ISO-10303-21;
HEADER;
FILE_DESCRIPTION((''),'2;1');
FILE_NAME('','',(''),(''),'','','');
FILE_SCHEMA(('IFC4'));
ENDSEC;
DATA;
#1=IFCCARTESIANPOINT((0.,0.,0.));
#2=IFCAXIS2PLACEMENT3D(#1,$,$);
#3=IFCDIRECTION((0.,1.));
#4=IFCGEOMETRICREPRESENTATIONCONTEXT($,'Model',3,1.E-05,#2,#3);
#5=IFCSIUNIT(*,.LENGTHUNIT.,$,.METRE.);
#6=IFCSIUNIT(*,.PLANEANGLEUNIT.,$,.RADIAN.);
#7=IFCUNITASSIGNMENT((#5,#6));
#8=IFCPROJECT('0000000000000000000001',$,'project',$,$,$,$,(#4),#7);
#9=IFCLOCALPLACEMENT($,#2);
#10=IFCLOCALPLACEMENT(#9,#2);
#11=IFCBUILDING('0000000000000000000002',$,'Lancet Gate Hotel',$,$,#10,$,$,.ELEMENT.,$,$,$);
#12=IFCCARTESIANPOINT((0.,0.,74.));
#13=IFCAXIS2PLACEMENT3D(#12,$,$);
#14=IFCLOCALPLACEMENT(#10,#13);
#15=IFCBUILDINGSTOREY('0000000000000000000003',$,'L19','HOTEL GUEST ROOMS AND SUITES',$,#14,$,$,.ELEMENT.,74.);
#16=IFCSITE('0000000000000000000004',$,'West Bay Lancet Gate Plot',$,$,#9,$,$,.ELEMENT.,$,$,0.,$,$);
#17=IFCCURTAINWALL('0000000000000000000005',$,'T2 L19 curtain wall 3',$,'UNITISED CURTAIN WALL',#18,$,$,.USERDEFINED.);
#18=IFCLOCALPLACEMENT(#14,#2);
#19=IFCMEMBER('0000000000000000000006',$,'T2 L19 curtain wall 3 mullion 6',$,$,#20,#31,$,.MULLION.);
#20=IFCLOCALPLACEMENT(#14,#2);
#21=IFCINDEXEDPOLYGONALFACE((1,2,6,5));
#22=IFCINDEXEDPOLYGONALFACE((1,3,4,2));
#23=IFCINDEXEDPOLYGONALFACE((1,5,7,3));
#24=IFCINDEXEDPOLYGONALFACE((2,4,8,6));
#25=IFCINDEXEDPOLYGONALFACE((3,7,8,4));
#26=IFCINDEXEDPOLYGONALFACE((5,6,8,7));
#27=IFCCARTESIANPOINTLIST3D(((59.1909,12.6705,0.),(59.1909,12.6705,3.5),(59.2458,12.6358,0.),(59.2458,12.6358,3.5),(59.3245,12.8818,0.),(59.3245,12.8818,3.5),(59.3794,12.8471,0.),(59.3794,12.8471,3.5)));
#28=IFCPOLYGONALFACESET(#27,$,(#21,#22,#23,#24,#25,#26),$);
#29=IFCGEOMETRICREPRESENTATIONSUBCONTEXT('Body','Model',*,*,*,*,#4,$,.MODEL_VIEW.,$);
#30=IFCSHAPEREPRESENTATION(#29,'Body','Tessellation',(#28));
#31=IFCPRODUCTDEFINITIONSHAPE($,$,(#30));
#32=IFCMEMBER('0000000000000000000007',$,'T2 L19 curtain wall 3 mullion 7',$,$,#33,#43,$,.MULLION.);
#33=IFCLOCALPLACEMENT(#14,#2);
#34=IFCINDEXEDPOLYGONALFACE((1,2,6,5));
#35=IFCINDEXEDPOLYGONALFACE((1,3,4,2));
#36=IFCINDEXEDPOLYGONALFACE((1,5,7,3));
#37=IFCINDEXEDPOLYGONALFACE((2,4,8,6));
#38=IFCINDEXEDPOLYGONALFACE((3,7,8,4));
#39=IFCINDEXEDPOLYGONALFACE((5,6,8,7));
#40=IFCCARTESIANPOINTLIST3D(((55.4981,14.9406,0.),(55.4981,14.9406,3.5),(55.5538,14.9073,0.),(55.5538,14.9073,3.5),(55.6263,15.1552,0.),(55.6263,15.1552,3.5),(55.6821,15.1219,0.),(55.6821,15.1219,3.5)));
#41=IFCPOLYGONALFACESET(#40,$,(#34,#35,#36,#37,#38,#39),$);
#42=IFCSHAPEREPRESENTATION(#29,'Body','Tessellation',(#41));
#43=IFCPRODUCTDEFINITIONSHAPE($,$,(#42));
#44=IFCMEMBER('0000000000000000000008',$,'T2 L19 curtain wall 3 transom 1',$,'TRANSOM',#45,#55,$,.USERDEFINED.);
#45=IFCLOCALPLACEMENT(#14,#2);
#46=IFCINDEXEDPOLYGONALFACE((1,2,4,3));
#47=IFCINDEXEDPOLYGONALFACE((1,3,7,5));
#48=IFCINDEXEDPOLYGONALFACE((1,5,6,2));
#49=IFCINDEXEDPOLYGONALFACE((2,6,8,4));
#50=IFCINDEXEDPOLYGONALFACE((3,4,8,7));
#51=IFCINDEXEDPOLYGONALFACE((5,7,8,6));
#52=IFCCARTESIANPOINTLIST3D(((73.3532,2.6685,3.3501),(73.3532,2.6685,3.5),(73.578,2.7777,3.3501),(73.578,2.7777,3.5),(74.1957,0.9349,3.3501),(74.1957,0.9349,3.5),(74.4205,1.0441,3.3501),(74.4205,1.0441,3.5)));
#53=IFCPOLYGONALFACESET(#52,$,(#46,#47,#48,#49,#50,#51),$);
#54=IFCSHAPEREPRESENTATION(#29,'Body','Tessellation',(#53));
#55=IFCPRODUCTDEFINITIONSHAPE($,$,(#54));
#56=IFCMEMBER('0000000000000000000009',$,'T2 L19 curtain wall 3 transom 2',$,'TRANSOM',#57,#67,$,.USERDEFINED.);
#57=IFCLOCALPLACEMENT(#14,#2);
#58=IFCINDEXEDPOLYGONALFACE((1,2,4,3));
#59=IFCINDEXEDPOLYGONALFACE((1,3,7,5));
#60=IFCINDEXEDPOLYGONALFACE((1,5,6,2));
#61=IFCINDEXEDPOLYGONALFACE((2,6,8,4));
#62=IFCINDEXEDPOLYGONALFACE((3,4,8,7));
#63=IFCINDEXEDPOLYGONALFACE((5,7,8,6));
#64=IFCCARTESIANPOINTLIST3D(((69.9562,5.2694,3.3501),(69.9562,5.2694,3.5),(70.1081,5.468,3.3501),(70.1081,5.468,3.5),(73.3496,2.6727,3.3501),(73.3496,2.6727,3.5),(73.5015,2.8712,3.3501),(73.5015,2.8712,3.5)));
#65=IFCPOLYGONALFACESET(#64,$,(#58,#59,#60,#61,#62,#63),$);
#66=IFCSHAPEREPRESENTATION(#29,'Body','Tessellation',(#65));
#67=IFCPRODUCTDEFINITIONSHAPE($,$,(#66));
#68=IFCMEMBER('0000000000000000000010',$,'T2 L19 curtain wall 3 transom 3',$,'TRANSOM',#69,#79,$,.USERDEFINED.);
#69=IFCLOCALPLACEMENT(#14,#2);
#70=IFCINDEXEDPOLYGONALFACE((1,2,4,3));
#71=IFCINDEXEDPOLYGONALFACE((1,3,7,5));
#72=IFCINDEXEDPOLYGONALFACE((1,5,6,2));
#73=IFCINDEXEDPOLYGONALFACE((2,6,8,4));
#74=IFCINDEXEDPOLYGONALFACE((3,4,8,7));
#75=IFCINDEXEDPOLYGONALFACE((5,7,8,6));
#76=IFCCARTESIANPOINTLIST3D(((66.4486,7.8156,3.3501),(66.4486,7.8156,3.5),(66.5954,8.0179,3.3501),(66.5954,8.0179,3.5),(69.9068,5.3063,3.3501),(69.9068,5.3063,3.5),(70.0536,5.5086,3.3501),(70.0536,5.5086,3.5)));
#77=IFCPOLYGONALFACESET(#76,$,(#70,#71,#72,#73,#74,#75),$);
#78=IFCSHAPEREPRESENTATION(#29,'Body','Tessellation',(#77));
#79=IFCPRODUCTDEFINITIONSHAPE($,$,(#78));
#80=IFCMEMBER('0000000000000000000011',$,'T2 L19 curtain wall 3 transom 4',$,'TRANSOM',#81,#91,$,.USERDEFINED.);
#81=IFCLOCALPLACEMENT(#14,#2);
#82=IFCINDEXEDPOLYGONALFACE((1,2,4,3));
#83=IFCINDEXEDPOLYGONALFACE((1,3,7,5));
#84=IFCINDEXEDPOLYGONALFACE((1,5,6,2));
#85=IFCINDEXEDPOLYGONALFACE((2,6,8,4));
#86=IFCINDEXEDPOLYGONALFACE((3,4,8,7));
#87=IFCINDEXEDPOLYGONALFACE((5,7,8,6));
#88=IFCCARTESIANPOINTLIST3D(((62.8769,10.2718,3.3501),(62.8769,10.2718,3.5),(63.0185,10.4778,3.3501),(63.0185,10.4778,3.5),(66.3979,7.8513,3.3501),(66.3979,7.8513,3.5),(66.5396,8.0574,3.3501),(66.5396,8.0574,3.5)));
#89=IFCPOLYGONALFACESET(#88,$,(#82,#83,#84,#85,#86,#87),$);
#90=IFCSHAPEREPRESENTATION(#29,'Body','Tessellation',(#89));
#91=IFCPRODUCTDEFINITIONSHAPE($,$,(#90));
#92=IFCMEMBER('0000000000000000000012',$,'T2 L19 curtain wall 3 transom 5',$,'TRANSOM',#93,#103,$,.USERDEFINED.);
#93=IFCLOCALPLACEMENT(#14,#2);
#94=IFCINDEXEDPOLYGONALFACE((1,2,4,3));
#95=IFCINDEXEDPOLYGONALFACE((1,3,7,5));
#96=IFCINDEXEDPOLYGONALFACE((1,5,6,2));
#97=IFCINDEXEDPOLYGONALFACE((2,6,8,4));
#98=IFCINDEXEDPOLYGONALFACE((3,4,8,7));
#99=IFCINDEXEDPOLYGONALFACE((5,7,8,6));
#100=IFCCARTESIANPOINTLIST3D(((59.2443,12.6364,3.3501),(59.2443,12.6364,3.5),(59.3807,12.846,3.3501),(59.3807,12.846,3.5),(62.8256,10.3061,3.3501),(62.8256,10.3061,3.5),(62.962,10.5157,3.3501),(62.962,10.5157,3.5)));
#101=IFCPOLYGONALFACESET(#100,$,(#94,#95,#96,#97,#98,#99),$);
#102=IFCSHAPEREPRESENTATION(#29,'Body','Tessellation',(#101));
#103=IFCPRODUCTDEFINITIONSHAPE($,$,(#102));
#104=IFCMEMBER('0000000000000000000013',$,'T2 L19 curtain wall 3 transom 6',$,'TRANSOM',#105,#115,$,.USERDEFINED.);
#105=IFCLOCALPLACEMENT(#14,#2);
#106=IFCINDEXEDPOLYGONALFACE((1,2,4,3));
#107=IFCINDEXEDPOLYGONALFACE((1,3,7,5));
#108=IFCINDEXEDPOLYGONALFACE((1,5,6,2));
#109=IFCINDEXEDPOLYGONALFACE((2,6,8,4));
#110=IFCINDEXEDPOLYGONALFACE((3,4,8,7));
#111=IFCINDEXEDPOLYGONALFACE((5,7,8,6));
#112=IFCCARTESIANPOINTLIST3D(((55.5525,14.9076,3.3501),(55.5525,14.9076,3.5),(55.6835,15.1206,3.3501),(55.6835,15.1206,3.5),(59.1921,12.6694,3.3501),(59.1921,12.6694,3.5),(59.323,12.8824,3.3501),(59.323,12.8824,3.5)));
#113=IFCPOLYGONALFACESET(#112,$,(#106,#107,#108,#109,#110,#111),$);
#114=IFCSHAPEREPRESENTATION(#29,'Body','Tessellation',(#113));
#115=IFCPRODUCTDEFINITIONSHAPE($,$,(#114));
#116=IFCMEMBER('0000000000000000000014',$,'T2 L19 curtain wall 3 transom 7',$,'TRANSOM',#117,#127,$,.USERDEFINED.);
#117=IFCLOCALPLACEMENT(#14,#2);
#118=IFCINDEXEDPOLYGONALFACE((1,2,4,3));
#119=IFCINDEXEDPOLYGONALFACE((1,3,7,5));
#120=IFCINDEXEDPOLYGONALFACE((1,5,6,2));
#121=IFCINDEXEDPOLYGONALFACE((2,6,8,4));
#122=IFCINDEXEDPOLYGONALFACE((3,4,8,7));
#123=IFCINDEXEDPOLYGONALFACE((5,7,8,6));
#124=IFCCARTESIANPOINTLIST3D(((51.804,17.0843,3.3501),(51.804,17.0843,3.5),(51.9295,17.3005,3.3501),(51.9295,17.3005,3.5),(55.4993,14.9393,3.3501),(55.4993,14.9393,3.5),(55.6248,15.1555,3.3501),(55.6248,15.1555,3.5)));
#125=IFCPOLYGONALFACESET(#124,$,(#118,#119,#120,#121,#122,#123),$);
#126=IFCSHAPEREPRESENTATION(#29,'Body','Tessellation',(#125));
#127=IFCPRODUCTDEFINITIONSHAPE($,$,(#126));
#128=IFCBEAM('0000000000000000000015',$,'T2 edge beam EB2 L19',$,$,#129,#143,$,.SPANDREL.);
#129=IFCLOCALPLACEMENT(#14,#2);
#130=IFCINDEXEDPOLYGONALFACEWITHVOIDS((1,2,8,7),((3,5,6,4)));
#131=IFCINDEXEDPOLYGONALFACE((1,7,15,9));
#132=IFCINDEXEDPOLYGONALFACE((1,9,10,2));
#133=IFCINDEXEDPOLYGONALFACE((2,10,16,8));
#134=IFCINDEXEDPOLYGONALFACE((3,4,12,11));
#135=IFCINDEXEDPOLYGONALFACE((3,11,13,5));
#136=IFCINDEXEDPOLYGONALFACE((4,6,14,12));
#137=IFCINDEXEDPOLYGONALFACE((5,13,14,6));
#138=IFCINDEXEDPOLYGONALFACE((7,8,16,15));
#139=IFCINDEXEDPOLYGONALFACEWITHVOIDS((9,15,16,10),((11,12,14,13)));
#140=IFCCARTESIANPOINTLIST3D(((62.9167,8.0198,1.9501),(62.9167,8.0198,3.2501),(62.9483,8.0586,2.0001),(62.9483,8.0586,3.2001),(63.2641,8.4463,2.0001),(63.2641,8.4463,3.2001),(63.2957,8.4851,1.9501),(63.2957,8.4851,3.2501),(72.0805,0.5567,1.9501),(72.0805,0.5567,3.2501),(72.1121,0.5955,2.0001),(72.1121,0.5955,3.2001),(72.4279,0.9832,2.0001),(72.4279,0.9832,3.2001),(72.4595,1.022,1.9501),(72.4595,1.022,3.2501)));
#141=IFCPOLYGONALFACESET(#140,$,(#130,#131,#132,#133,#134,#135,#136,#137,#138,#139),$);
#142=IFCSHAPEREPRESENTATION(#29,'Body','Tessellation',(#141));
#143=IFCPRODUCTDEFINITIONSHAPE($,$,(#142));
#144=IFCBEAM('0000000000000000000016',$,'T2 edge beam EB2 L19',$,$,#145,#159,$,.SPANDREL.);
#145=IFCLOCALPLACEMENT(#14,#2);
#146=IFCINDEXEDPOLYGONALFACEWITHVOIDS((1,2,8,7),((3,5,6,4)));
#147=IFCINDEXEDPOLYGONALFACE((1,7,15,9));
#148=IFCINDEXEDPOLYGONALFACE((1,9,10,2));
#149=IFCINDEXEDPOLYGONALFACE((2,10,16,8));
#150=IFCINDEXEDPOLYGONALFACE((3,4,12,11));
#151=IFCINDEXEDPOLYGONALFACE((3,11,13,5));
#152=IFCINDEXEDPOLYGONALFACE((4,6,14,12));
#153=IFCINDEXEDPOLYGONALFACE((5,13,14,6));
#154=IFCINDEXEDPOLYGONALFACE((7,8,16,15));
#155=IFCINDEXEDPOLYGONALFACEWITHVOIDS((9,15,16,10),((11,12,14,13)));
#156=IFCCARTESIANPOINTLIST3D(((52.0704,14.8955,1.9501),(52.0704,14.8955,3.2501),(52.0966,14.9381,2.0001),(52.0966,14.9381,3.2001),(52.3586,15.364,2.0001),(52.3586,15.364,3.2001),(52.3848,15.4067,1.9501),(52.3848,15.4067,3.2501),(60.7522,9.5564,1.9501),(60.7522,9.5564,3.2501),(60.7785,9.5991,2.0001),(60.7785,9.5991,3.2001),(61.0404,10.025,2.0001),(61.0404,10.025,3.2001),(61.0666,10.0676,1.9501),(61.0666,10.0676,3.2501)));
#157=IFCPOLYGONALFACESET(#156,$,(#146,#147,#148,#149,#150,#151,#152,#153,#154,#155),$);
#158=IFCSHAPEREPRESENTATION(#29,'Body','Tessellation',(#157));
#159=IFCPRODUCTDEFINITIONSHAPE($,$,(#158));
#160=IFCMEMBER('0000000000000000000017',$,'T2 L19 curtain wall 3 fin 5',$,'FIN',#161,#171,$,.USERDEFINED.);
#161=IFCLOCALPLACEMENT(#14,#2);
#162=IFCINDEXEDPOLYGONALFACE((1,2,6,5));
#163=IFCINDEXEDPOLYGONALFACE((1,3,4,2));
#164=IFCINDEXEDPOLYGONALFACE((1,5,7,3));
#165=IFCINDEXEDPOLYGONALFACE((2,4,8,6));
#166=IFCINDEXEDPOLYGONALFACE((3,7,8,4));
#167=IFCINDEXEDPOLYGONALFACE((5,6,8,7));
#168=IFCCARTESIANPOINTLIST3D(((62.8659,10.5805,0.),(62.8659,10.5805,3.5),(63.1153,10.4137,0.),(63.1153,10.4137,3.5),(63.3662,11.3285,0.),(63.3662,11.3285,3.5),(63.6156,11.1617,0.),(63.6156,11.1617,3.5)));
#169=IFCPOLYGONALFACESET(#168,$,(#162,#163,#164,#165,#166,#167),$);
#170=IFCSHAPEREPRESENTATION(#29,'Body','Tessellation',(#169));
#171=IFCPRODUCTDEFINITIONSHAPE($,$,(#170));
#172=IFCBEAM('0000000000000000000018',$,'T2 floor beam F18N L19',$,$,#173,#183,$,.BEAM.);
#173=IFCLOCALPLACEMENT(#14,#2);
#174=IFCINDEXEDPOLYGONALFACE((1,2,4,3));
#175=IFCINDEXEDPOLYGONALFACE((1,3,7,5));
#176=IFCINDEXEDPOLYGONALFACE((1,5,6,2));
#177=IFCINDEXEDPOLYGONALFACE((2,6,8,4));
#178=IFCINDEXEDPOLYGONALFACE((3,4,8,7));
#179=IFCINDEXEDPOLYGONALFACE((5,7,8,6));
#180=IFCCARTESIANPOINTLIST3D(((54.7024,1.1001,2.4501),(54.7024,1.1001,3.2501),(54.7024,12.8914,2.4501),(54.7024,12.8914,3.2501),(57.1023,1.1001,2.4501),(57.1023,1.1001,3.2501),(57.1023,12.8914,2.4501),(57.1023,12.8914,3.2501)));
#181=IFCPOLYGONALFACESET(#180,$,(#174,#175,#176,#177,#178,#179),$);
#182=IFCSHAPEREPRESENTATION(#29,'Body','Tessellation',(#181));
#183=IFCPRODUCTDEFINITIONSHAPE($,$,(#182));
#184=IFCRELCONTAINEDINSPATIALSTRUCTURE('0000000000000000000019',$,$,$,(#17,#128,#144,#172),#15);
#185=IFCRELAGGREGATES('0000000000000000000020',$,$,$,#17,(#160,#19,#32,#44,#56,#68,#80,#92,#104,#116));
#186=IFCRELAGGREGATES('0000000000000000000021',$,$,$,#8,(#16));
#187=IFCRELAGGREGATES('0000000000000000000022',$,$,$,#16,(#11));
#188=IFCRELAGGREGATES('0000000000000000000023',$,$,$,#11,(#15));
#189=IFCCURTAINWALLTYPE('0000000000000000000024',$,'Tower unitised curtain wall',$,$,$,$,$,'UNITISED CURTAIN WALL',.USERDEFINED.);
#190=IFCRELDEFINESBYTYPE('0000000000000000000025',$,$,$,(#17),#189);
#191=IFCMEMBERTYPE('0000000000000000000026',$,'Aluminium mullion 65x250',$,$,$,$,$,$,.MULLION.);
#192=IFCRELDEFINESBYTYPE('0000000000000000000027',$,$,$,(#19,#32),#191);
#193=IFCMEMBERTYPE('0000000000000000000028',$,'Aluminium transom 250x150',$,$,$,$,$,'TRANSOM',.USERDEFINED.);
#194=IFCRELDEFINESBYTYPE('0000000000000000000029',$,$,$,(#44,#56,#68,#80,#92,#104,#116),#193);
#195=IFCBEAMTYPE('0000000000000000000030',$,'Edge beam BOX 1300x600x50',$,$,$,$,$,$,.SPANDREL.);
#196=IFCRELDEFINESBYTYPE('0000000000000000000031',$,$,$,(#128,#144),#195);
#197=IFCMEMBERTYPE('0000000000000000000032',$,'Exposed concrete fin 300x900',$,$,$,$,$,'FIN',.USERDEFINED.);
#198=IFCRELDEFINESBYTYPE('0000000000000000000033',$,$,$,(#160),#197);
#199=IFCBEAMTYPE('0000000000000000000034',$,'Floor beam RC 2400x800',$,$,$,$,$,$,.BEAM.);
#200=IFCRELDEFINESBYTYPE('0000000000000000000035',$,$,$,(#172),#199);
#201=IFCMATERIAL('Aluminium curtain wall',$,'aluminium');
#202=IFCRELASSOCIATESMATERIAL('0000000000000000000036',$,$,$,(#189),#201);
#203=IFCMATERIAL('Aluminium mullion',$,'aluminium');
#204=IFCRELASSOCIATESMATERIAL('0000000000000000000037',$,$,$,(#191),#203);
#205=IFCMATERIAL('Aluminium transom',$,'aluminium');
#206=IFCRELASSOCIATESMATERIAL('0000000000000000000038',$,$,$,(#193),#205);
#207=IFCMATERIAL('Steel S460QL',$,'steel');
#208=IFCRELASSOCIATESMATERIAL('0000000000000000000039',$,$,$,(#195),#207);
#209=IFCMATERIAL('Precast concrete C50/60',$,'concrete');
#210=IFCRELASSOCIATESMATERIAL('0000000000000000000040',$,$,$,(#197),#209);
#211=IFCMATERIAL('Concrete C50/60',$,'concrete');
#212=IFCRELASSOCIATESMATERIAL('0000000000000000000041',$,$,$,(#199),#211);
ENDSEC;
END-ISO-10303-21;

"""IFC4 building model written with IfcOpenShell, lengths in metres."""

from ifc_helpers import new_model, si_unit, direction, frame, origin, origin_2d, place, context, subcontext, project, spatial, rectangle, hollow_rectangle, extrude, material, material_profile, profile_set, type_object, element, aggregate, save


model = new_model("IFC4")

# Units and contexts
model_context = context("Model", 3, precision=1e-05, world=origin(), true_north=direction((0.0, 1.0)))
body_context = subcontext(model_context, "Body", "Model", "MODEL_VIEW")
ifc_project = project(units=[si_unit("LENGTHUNIT", "METRE"), si_unit("PLANEANGLEUNIT", "RADIAN")], contexts=[model_context])

# Site, building, storey
site_placement = place(None, origin())
site = spatial("IfcSite", under=ifc_project, at=site_placement, Name="West Bay Lancet Gate Plot", CompositionType="ELEMENT", RefElevation=0.0)
building_placement = place(site_placement, origin())
building = spatial("IfcBuilding", under=site, at=building_placement, Name="Lancet Gate Hotel", CompositionType="ELEMENT")
storey_placement = place(building_placement, frame((0.0, 0.0, 74.0)))
storey = spatial("IfcBuildingStorey", under=building, at=storey_placement, Name="L19", Description="HOTEL GUEST ROOMS AND SUITES", CompositionType="ELEMENT", Elevation=74.0)

# Curtain wall, members
ifc_material_1 = material(Name="Aluminium curtain wall", Category="aluminium")
curtain_wall_type = type_object("IfcCurtainWallType", Name="Tower unitised curtain wall", ElementType="UNITISED CURTAIN WALL", PredefinedType="USERDEFINED", material=ifc_material_1)
curtain_wall_placement = place(storey_placement, origin())
curtain_wall = element("IfcCurtainWall", 1, at=curtain_wall_placement, inside=storey, type_object=curtain_wall_type, Name="T2 L19 curtain wall 3", ObjectType="UNITISED CURTAIN WALL", PredefinedType="USERDEFINED")
ifc_material_2 = material(Name="Aluminium mullion", Category="aluminium")
ifc_material_profile_1 = material_profile(ifc_material_2, rectangle(XDim=0.0649, YDim=0.25, at=origin_2d()), Name="MULLION 65x250")
ifc_profile_set_1 = profile_set([ifc_material_profile_1], Name="Aluminium mullion")
member_type_1 = type_object("IfcMemberType", Name="Aluminium mullion 65x250", PredefinedType="MULLION", material=ifc_profile_set_1)
member_1_placement = place(storey_placement, frame((59.2852, 12.7588, 0.0), z_axis=(0.0, 0.0, 1.0), x_axis=(-0.845079, 0.534641, 0.0)))
member_1 = element("IfcMember", 2, at=member_1_placement, type_object=member_type_1, Name="T2 L19 curtain wall 3 mullion 6", PredefinedType="MULLION", context=body_context, shape_type="SweptSolid", body=[
    extrude(rectangle(XDim=0.0649, YDim=0.25, at=origin_2d()), origin(), (0.0, 0.0, 1.0), 3.5),
])
member_2_placement = place(storey_placement, frame((55.5901, 15.0312, 0.0), z_axis=(0.0, 0.0, 1.0), x_axis=(-0.858413, 0.512959, 0.0)))
member_2 = element("IfcMember", 3, at=member_2_placement, type_object=member_type_1, Name="T2 L19 curtain wall 3 mullion 7", PredefinedType="MULLION", context=body_context, shape_type="SweptSolid", body=[
    extrude(rectangle(XDim=0.0649, YDim=0.25, at=origin_2d()), origin(), (0.0, 0.0, 1.0), 3.5),
])
ifc_material_3 = material(Name="Aluminium transom", Category="aluminium")
ifc_material_profile_2 = material_profile(ifc_material_3, rectangle(XDim=0.25, YDim=0.1499, at=origin_2d()), Name="TRANSOM 250x150")
ifc_profile_set_2 = profile_set([ifc_material_profile_2], Name="Aluminium transom")
member_type_2 = type_object("IfcMemberType", Name="Aluminium transom 250x150", ElementType="TRANSOM", PredefinedType="USERDEFINED", material=ifc_profile_set_2)
member_3_placement = place(storey_placement, frame((74.3081, 0.9895, 3.425), z_axis=(-0.437103, 0.899411, 0.0), x_axis=(-0.899411, -0.437103, 0.0)))
member_3 = element("IfcMember", 4, at=member_3_placement, type_object=member_type_2, Name="T2 L19 curtain wall 3 transom 1", ObjectType="TRANSOM", PredefinedType="USERDEFINED", context=body_context, shape_type="SweptSolid", body=[
    extrude(rectangle(XDim=0.25, YDim=0.1499, at=origin_2d()), origin(), (0.0, 0.0, 1.0), 1.9275),
])
member_4_placement = place(storey_placement, frame((73.4255, 2.772, 3.425), z_axis=(-0.794155, 0.607715, 0.0), x_axis=(-0.607715, -0.794155, 0.0)))
member_4 = element("IfcMember", 5, at=member_4_placement, type_object=member_type_2, Name="T2 L19 curtain wall 3 transom 2", ObjectType="TRANSOM", PredefinedType="USERDEFINED", context=body_context, shape_type="SweptSolid", body=[
    extrude(rectangle(XDim=0.25, YDim=0.1499, at=origin_2d()), origin(), (0.0, 0.0, 1.0), 4.2729),
])
member_5_placement = place(storey_placement, frame((69.9802, 5.4075, 3.425), z_axis=(-0.809383, 0.587281, 0.0), x_axis=(-0.587281, -0.809383, 0.0)))
member_5 = element("IfcMember", 6, at=member_5_placement, type_object=member_type_2, Name="T2 L19 curtain wall 3 transom 3", ObjectType="TRANSOM", PredefinedType="USERDEFINED", context=body_context, shape_type="SweptSolid", body=[
    extrude(rectangle(XDim=0.25, YDim=0.1499, at=origin_2d()), origin(), (0.0, 0.0, 1.0), 4.2727),
])
member_6_placement = place(storey_placement, frame((66.4688, 7.9543, 3.425), z_axis=(-0.824072, 0.566485, 0.0), x_axis=(-0.566485, -0.824072, 0.0)))
member_6 = element("IfcMember", 7, at=member_6_placement, type_object=member_type_2, Name="T2 L19 curtain wall 3 transom 4", ObjectType="TRANSOM", PredefinedType="USERDEFINED", context=body_context, shape_type="SweptSolid", body=[
    extrude(rectangle(XDim=0.25, YDim=0.1499, at=origin_2d()), origin(), (0.0, 0.0, 1.0), 4.2727),
])
member_7_placement = place(storey_placement, frame((62.8938, 10.4109, 3.425), z_axis=(-0.838179, 0.545396, 0.0), x_axis=(-0.545396, -0.838179, 0.0)))
member_7 = element("IfcMember", 8, at=member_7_placement, type_object=member_type_2, Name="T2 L19 curtain wall 3 transom 5", ObjectType="TRANSOM", PredefinedType="USERDEFINED", context=body_context, shape_type="SweptSolid", body=[
    extrude(rectangle(XDim=0.25, YDim=0.1499, at=origin_2d()), origin(), (0.0, 0.0, 1.0), 4.2727),
])
member_8_placement = place(storey_placement, frame((59.2576, 12.7759, 3.425), z_axis=(-0.851815, 0.523842, 0.0), x_axis=(-0.523842, -0.851815, 0.0)))
member_8 = element("IfcMember", 9, at=member_8_placement, type_object=member_type_2, Name="T2 L19 curtain wall 3 transom 6", ObjectType="TRANSOM", PredefinedType="USERDEFINED", context=body_context, shape_type="SweptSolid", body=[
    extrude(rectangle(XDim=0.25, YDim=0.1499, at=origin_2d()), origin(), (0.0, 0.0, 1.0), 4.2727),
])
member_9_placement = place(storey_placement, frame((55.562, 15.0474, 3.425), z_axis=(-0.864855, 0.502022, 0.0), x_axis=(-0.502022, -0.864855, 0.0)))
member_9 = element("IfcMember", 10, at=member_9_placement, type_object=member_type_2, Name="T2 L19 curtain wall 3 transom 7", ObjectType="TRANSOM", PredefinedType="USERDEFINED", context=body_context, shape_type="SweptSolid", body=[
    extrude(rectangle(XDim=0.25, YDim=0.1499, at=origin_2d()), origin(), (0.0, 0.0, 1.0), 4.2727),
])

# Beams
ifc_material_4 = material(Name="Steel S460QL", Category="steel")
ifc_material_profile_3 = material_profile(ifc_material_4, hollow_rectangle(XDim=0.6001, YDim=1.3, WallThickness=0.05, at=origin_2d()), Name="BOX 1300x600x50")
ifc_profile_set_3 = profile_set([ifc_material_profile_3], Name="Steel S460QL")
beam_type_1 = type_object("IfcBeamType", Name="Edge beam BOX 1300x600x50", PredefinedType="SPANDREL", material=ifc_profile_set_3)
beam_1_placement = place(storey_placement, frame((72.27, 0.7893, 2.6001), z_axis=(-0.775387, 0.631486, 0.0), x_axis=(-0.631486, -0.775387, 0.0)))
element("IfcBeam", 11, at=beam_1_placement, inside=storey, type_object=beam_type_1, Name="T2 edge beam EB2 L19", PredefinedType="SPANDREL", context=body_context, shape_type="SweptSolid", body=[
    extrude(hollow_rectangle(XDim=0.6001, YDim=1.3, WallThickness=0.05, at=origin_2d()), origin(), (0.0, 0.0, 1.0), 11.8184),
])
beam_2_placement = place(storey_placement, frame((60.9094, 9.812, 2.6001), z_axis=(-0.851815, 0.523842, 0.0), x_axis=(-0.523842, -0.851815, 0.0)))
element("IfcBeam", 12, at=beam_2_placement, inside=storey, type_object=beam_type_1, Name="T2 edge beam EB2 L19", PredefinedType="SPANDREL", context=body_context, shape_type="SweptSolid", body=[
    extrude(hollow_rectangle(XDim=0.6001, YDim=1.3, WallThickness=0.05, at=origin_2d()), origin(), (0.0, 0.0, 1.0), 10.1921),
])

# Member
ifc_material_5 = material(Name="Precast concrete C50/60", Category="concrete")
ifc_material_profile_4 = material_profile(ifc_material_5, rectangle(XDim=0.3, YDim=0.8999, at=origin_2d()), Name="FIN 300x900")
ifc_profile_set_4 = profile_set([ifc_material_profile_4], Name="Precast concrete C50/60")
member_type_3 = type_object("IfcMemberType", Name="Exposed concrete fin 300x900", ElementType="FIN", PredefinedType="USERDEFINED", material=ifc_profile_set_4)
member_10_placement = place(storey_placement, frame((63.2407, 10.8711, 0.0), z_axis=(0.0, 0.0, 1.0), x_axis=(-0.831198, 0.555976, 0.0)))
member_10 = element("IfcMember", 13, at=member_10_placement, type_object=member_type_3, Name="T2 L19 curtain wall 3 fin 5", ObjectType="FIN", PredefinedType="USERDEFINED", context=body_context, shape_type="SweptSolid", body=[
    extrude(rectangle(XDim=0.3, YDim=0.8999, at=origin_2d()), origin(), (0.0, 0.0, 1.0), 3.5),
])

# Beam
ifc_material_6 = material(Name="Concrete C50/60", Category="concrete")
ifc_material_profile_5 = material_profile(ifc_material_6, rectangle(XDim=2.3999, YDim=0.8, at=origin_2d()), Name="RC 2400x800")
ifc_profile_set_5 = profile_set([ifc_material_profile_5], Name="Concrete C50/60")
beam_type_2 = type_object("IfcBeamType", Name="Floor beam RC 2400x800", PredefinedType="BEAM", material=ifc_profile_set_5)
beam_3_placement = place(storey_placement, frame((55.9023, 1.1001, 2.8501), z_axis=(0.0, 1.0, 0.0), x_axis=(-1.0, 0.0, 0.0)))
element("IfcBeam", 14, at=beam_3_placement, inside=storey, type_object=beam_type_2, Name="T2 floor beam F18N L19", PredefinedType="BEAM", context=body_context, shape_type="SweptSolid", body=[
    extrude(rectangle(XDim=2.3999, YDim=0.8, at=origin_2d()), origin(), (0.0, 0.0, 1.0), 11.7913),
])

aggregate(curtain_wall, [member_10, member_1, member_2, member_3, member_4, member_5, member_6, member_7, member_8, member_9])

save(model, "model.ifc")
